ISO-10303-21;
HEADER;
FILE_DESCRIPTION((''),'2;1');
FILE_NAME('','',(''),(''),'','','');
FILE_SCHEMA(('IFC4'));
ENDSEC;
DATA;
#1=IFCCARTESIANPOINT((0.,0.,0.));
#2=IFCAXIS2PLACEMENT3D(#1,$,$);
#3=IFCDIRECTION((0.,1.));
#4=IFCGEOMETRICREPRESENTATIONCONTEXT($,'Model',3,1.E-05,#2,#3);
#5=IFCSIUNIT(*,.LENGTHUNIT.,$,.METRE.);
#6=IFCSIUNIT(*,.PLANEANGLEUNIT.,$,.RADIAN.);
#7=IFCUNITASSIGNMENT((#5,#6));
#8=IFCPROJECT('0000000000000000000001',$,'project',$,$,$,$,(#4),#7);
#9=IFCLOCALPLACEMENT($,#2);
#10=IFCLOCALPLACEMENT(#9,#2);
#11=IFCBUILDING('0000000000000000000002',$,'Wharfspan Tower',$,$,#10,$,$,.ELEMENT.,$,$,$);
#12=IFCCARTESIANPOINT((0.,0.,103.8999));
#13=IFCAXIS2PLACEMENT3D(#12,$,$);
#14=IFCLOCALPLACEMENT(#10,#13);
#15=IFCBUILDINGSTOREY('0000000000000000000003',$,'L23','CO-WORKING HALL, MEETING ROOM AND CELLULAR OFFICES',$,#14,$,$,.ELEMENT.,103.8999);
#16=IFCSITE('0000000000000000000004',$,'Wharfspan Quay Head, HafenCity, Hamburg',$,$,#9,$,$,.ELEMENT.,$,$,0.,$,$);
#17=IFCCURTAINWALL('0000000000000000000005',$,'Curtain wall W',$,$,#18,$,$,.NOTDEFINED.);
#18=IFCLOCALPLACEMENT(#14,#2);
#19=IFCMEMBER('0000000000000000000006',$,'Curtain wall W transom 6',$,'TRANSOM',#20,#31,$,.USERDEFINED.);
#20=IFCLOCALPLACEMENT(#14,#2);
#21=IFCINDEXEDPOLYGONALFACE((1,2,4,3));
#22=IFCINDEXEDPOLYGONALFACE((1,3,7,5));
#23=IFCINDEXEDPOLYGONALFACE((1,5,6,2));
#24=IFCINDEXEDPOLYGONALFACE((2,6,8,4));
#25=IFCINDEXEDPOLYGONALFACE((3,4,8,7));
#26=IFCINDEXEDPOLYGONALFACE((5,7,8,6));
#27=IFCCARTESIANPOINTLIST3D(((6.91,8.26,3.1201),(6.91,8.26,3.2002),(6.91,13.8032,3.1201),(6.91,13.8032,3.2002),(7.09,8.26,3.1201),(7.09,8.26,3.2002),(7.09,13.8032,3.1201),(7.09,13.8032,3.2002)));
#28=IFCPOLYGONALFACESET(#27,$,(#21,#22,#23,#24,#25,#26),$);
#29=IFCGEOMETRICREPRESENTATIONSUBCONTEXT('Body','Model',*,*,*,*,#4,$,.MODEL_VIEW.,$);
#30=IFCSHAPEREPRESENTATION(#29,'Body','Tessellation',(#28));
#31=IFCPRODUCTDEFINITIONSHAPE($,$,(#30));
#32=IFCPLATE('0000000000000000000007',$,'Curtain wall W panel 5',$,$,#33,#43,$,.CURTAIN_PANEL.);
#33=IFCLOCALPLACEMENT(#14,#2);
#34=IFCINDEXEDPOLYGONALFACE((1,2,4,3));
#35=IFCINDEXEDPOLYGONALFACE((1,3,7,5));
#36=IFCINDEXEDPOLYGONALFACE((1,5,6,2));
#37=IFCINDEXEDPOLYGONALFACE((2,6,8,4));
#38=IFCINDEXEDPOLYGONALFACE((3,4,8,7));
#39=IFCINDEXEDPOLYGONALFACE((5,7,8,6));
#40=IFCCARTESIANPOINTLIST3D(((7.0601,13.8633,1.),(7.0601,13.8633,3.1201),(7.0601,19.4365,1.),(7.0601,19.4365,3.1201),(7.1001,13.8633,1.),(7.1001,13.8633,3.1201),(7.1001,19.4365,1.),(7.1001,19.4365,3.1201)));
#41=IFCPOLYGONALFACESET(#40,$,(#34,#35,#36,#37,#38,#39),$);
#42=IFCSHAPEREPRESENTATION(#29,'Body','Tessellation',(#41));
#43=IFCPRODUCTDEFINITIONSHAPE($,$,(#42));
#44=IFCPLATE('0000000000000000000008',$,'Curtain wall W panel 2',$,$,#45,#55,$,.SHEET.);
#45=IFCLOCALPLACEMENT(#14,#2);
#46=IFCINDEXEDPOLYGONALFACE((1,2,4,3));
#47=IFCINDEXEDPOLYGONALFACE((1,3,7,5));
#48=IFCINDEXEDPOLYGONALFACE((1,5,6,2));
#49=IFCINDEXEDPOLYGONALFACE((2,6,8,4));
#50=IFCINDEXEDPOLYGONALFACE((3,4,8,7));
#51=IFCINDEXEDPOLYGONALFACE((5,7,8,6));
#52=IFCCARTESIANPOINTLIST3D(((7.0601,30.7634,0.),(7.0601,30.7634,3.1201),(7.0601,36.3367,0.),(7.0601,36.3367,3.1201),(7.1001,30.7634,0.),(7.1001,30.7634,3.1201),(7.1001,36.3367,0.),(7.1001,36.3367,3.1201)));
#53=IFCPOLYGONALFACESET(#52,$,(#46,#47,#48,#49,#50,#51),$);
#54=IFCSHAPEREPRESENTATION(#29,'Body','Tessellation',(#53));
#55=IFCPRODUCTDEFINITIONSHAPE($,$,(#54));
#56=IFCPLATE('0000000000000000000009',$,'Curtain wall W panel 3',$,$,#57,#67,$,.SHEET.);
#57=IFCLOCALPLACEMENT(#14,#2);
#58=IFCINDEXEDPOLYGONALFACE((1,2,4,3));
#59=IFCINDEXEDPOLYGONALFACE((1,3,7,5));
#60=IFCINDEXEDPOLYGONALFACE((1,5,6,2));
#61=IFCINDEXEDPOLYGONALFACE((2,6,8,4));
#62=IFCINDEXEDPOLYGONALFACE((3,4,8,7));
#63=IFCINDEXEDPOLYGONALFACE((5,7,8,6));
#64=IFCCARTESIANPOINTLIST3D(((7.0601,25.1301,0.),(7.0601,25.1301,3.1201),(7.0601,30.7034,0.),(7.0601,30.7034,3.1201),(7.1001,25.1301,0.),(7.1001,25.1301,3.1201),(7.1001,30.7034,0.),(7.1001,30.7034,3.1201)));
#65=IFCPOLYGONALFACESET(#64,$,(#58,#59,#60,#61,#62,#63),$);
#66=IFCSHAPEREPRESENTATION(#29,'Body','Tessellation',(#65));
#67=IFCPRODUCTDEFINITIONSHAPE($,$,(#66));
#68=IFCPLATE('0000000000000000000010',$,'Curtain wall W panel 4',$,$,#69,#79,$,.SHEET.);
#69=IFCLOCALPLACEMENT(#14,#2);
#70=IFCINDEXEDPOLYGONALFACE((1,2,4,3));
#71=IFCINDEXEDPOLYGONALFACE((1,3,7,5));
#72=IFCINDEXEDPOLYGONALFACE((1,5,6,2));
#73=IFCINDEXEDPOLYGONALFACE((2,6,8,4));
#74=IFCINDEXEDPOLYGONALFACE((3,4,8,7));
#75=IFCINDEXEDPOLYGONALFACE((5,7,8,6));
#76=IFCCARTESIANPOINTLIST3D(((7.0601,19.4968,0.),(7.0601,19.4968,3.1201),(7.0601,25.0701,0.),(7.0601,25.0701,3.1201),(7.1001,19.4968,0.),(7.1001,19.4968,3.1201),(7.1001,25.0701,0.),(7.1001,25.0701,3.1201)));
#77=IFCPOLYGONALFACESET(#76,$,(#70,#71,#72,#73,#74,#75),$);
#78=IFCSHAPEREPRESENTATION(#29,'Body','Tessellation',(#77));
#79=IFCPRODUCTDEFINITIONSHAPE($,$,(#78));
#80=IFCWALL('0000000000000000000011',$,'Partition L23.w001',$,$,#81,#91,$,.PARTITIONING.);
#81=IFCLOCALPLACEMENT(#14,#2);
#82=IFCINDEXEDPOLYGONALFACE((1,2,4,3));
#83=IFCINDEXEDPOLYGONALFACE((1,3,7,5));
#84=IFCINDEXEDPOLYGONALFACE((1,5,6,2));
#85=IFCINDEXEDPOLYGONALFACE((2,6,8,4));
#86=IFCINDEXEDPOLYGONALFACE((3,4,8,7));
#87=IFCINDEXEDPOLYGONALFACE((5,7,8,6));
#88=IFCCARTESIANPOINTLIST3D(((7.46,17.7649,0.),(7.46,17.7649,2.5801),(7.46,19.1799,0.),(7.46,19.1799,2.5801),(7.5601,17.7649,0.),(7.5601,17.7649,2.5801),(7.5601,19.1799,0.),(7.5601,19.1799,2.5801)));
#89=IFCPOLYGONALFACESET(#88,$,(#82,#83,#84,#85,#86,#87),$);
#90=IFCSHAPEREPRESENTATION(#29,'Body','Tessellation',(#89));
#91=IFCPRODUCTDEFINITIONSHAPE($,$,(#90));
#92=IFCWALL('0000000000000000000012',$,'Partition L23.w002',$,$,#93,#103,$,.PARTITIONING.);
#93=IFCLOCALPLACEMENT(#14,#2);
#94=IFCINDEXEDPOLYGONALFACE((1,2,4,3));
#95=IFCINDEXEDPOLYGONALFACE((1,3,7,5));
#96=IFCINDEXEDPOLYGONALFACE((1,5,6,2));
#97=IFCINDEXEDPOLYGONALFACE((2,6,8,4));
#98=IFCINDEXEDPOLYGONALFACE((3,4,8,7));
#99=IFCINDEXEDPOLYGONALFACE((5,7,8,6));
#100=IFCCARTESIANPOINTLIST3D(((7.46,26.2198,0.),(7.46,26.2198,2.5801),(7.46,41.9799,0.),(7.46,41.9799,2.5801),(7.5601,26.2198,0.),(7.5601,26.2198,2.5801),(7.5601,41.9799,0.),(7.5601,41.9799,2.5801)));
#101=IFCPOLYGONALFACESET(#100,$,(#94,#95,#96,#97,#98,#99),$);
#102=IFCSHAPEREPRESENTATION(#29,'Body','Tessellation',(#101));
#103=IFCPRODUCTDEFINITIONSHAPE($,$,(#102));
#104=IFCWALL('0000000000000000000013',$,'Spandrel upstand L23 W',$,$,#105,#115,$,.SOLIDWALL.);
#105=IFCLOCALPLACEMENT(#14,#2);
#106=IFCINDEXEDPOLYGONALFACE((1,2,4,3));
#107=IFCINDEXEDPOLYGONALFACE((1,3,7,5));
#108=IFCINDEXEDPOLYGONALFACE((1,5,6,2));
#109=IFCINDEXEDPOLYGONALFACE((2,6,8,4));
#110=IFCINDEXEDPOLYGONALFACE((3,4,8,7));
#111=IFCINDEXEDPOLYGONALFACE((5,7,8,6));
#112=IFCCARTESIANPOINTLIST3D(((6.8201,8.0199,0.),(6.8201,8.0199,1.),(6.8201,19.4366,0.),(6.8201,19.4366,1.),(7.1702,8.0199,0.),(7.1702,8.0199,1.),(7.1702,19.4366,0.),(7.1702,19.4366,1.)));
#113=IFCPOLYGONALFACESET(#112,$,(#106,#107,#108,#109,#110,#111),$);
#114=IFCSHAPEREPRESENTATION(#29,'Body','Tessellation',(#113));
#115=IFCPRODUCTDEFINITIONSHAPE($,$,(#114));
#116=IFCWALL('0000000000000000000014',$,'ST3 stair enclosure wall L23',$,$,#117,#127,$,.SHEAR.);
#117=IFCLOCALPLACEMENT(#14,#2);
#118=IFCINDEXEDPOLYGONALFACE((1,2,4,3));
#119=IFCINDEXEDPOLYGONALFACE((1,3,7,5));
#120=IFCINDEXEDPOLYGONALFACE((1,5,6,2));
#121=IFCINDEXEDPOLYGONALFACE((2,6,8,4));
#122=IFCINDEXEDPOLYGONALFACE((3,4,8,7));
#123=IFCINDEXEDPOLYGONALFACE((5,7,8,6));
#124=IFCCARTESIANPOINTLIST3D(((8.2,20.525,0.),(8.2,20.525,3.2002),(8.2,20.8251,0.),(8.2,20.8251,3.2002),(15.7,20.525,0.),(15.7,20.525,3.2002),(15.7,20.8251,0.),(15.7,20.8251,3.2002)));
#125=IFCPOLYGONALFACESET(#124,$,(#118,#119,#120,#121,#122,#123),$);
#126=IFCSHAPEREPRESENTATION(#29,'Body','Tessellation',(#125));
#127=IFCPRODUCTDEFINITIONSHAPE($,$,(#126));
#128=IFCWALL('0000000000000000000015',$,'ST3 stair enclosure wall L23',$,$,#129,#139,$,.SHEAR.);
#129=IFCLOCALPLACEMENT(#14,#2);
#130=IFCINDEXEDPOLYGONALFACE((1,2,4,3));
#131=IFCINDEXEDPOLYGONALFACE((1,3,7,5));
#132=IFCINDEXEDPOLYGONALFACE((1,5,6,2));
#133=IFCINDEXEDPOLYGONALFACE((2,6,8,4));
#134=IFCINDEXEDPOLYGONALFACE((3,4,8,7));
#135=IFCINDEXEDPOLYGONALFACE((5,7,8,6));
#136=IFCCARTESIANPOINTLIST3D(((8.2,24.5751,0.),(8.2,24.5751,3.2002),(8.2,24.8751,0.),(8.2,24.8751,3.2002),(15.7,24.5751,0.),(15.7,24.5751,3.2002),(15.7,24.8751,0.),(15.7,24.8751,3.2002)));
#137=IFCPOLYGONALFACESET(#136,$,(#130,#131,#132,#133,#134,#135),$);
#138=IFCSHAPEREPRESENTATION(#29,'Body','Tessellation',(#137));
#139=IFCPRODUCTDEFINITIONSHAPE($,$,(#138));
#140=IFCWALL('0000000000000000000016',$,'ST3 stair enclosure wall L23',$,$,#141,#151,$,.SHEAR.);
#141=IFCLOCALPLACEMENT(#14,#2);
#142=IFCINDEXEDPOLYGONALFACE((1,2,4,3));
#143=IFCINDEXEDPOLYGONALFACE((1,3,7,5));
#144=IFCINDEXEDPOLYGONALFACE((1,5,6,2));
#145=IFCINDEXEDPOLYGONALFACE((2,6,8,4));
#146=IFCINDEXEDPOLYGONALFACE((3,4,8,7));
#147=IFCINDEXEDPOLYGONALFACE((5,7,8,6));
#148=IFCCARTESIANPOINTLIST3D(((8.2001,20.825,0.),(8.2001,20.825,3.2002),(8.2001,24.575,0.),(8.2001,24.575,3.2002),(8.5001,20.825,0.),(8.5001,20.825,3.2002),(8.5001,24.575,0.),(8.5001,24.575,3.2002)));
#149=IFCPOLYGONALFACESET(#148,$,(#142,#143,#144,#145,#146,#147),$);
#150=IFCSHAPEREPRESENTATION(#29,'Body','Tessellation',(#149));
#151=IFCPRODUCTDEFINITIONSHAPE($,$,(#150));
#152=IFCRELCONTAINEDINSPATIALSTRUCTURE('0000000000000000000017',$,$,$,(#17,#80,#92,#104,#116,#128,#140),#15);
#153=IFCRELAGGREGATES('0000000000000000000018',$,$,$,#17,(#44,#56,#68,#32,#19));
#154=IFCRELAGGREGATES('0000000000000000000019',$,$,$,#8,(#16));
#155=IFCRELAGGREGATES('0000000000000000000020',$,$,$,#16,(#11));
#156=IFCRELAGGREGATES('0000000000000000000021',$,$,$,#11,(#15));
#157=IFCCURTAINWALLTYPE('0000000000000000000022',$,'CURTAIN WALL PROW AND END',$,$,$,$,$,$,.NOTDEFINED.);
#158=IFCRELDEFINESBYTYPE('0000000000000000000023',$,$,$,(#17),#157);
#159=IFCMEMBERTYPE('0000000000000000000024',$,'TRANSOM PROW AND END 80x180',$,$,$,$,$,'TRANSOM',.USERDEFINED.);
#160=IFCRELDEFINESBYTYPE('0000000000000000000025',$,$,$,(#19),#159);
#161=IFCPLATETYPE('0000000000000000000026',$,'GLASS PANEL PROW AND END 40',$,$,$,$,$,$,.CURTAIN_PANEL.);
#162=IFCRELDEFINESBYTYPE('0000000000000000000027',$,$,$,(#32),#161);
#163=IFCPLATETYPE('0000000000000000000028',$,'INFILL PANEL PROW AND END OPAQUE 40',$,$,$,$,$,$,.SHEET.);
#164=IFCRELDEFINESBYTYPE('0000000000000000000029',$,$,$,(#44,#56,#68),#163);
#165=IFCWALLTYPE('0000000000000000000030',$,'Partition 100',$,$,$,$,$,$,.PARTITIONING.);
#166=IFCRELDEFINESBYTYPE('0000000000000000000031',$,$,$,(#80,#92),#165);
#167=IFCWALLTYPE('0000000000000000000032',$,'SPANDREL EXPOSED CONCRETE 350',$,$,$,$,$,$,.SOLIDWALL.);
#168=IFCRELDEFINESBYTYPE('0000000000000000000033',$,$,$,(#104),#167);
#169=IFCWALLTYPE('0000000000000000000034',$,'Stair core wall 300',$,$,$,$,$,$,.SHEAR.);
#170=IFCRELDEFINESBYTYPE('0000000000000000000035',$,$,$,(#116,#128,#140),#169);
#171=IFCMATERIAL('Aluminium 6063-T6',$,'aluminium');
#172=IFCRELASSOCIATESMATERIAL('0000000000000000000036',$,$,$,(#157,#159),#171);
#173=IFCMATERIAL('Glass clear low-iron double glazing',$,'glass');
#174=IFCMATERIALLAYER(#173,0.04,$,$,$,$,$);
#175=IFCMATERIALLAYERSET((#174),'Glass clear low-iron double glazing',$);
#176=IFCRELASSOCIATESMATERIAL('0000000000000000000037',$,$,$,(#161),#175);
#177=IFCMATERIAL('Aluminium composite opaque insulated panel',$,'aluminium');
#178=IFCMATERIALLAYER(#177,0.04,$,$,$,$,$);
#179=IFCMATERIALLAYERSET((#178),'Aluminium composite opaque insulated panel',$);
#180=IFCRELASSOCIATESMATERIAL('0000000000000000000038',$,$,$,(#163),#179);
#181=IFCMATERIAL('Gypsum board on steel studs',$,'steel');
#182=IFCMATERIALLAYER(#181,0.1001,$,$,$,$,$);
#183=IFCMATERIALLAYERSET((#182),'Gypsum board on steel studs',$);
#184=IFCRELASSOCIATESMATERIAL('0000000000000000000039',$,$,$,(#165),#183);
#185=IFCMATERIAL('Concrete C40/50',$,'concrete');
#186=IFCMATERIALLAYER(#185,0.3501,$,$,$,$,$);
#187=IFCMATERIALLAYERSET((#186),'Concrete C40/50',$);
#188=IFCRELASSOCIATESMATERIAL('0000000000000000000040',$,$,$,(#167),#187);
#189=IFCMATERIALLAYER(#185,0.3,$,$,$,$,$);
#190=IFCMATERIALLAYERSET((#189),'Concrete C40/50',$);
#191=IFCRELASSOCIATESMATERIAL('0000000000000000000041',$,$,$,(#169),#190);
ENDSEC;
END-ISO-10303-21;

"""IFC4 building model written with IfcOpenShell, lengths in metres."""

from ifc_helpers import new_model, si_unit, direction, frame, frame_2d, origin, origin_2d, place, context, subcontext, project, spatial, rectangle, extrude, material, layer, layer_set, material_profile, profile_set, type_object, element, aggregate, save


model = new_model("IFC4")

# Units and contexts
model_context = context("Model", 3, precision=1e-05, world=origin(), true_north=direction((0.0, 1.0)))
body_context = subcontext(model_context, "Body", "Model", "MODEL_VIEW")
ifc_project = project(units=[si_unit("LENGTHUNIT", "METRE"), si_unit("PLANEANGLEUNIT", "RADIAN")], contexts=[model_context])

# Site, building, storey
site_placement = place(None, origin())
site = spatial("IfcSite", under=ifc_project, at=site_placement, Name="Wharfspan Quay Head, HafenCity, Hamburg", CompositionType="ELEMENT", RefElevation=0.0)
building_placement = place(site_placement, origin())
building = spatial("IfcBuilding", under=site, at=building_placement, Name="Wharfspan Tower", CompositionType="ELEMENT")
storey_placement = place(building_placement, frame((0.0, 0.0, 103.8999)))
storey = spatial("IfcBuildingStorey", under=building, at=storey_placement, Name="L23", Description="CO-WORKING HALL, MEETING ROOM AND CELLULAR OFFICES", CompositionType="ELEMENT", Elevation=103.8999)

# Curtain wall
ifc_material_1 = material(Name="Aluminium 6063-T6", Category="aluminium")
curtain_wall_type = type_object("IfcCurtainWallType", Name="CURTAIN WALL PROW AND END", PredefinedType="NOTDEFINED", material=ifc_material_1)
curtain_wall_placement = place(storey_placement, origin())
curtain_wall = element("IfcCurtainWall", 1, at=curtain_wall_placement, inside=storey, type_object=curtain_wall_type, Name="Curtain wall W", PredefinedType="NOTDEFINED")

# Member
ifc_material_profile_1 = material_profile(ifc_material_1, rectangle(XDim=0.1799, YDim=0.0801, at=origin_2d()))
ifc_profile_set_1 = profile_set([ifc_material_profile_1], Name="Aluminium 6063-T6")
member_type_1 = type_object("IfcMemberType", Name="TRANSOM PROW AND END 80x180", ElementType="TRANSOM", PredefinedType="USERDEFINED", material=ifc_profile_set_1)
member_1_placement = place(storey_placement, frame((7.0, 13.8032, 3.1602), z_axis=(0.0, -1.0, 0.0), x_axis=(1.0, 0.0, 0.0)))
member_1 = element("IfcMember", 2, at=member_1_placement, type_object=member_type_1, Name="Curtain wall W transom 6", ObjectType="TRANSOM", PredefinedType="USERDEFINED", context=body_context, shape_type="SweptSolid", body=[
    extrude(rectangle(XDim=0.1799, YDim=0.0801, at=origin_2d()), origin(), (0.0, 0.0, 1.0), 5.5432),
])

# Plates
ifc_material_2 = material(Name="Glass clear low-iron double glazing", Category="glass")
ifc_layer_1 = layer(ifc_material_2, 0.04)
ifc_layer_set_1 = layer_set([ifc_layer_1], Name="Glass clear low-iron double glazing")
plate_type_1 = type_object("IfcPlateType", Name="GLASS PANEL PROW AND END 40", PredefinedType="CURTAIN_PANEL", material=ifc_layer_set_1)
plate_1_placement = place(storey_placement, frame((7.0801, 16.6499, 1.0), z_axis=(0.0, 0.0, 1.0), x_axis=(0.0, -1.0, 0.0)))
plate_1 = element("IfcPlate", 3, at=plate_1_placement, type_object=plate_type_1, Name="Curtain wall W panel 5", PredefinedType="CURTAIN_PANEL", context=body_context, shape_type="SweptSolid", body=[
    extrude(rectangle(XDim=5.5732, YDim=0.04, at=origin_2d()), origin(), (0.0, 0.0, 1.0), 2.1201),
])
ifc_material_3 = material(Name="Aluminium composite opaque insulated panel", Category="aluminium")
ifc_layer_2 = layer(ifc_material_3, 0.04)
ifc_layer_set_2 = layer_set([ifc_layer_2], Name="Aluminium composite opaque insulated panel")
plate_type_2 = type_object("IfcPlateType", Name="INFILL PANEL PROW AND END OPAQUE 40", PredefinedType="SHEET", material=ifc_layer_set_2)
plate_2_placement = place(storey_placement, frame((7.0801, 33.55, 0.0), z_axis=(0.0, 0.0, 1.0), x_axis=(0.0, -1.0, 0.0)))
plate_2 = element("IfcPlate", 4, at=plate_2_placement, type_object=plate_type_2, Name="Curtain wall W panel 2", PredefinedType="SHEET", context=body_context, shape_type="SweptSolid", body=[
    extrude(rectangle(XDim=5.5732, YDim=0.04, at=origin_2d()), origin(), (0.0, 0.0, 1.0), 3.1201),
])
plate_3_placement = place(storey_placement, frame((7.0801, 27.9167, 0.0), z_axis=(0.0, 0.0, 1.0), x_axis=(0.0, -1.0, 0.0)))
plate_3 = element("IfcPlate", 5, at=plate_3_placement, type_object=plate_type_2, Name="Curtain wall W panel 3", PredefinedType="SHEET", context=body_context, shape_type="SweptSolid", body=[
    extrude(rectangle(XDim=5.5732, YDim=0.04, at=origin_2d()), origin(), (0.0, 0.0, 1.0), 3.1201),
])
plate_4_placement = place(storey_placement, frame((7.0801, 22.2834, 0.0), z_axis=(0.0, 0.0, 1.0), x_axis=(0.0, -1.0, 0.0)))
plate_4 = element("IfcPlate", 6, at=plate_4_placement, type_object=plate_type_2, Name="Curtain wall W panel 4", PredefinedType="SHEET", context=body_context, shape_type="SweptSolid", body=[
    extrude(rectangle(XDim=5.5732, YDim=0.04, at=origin_2d()), origin(), (0.0, 0.0, 1.0), 3.1201),
])
aggregate(curtain_wall, [plate_2, plate_3, plate_4, plate_1, member_1])

# Walls
ifc_material_4 = material(Name="Gypsum board on steel studs", Category="steel")
ifc_layer_3 = layer(ifc_material_4, 0.1001)
ifc_layer_set_3 = layer_set([ifc_layer_3], Name="Gypsum board on steel studs")
wall_type_1 = type_object("IfcWallType", Name="Partition 100", PredefinedType="PARTITIONING", material=ifc_layer_set_3)
wall_1_placement = place(storey_placement, frame((7.51, 17.7649, 0.0), z_axis=(0.0, 0.0, 1.0), x_axis=(0.0, 1.0, 0.0)))
element("IfcWall", 7, at=wall_1_placement, inside=storey, type_object=wall_type_1, Name="Partition L23.w001", PredefinedType="PARTITIONING", context=body_context, shape_type="SweptSolid", body=[
    extrude(rectangle(XDim=1.415, YDim=0.1001, at=frame_2d((0.7075, 0.0))), origin(), (0.0, 0.0, 1.0), 2.5801),
])
wall_2_placement = place(storey_placement, frame((7.51, 26.22, 0.0), z_axis=(0.0, 0.0, 1.0), x_axis=(0.0, 1.0, 0.0)))
element("IfcWall", 8, at=wall_2_placement, inside=storey, type_object=wall_type_1, Name="Partition L23.w002", PredefinedType="PARTITIONING", context=body_context, shape_type="SweptSolid", body=[
    extrude(rectangle(XDim=15.76, YDim=0.1001, at=frame_2d((7.8799, 0.0))), origin(), (0.0, 0.0, 1.0), 2.5801),
])
ifc_material_5 = material(Name="Concrete C40/50", Category="concrete")
ifc_layer_4 = layer(ifc_material_5, 0.3501)
ifc_layer_set_4 = layer_set([ifc_layer_4], Name="Concrete C40/50")
wall_type_2 = type_object("IfcWallType", Name="SPANDREL EXPOSED CONCRETE 350", PredefinedType="SOLIDWALL", material=ifc_layer_set_4)
wall_3_placement = place(storey_placement, frame((6.9951, 19.4368, 0.0), z_axis=(0.0, 0.0, 1.0), x_axis=(0.0, -1.0, 0.0)))
element("IfcWall", 9, at=wall_3_placement, inside=storey, type_object=wall_type_2, Name="Spandrel upstand L23 W", PredefinedType="SOLIDWALL", context=body_context, shape_type="SweptSolid", body=[
    extrude(rectangle(XDim=11.4167, YDim=0.3501, at=frame_2d((5.7085, 0.0))), origin(), (0.0, 0.0, 1.0), 1.0),
])
ifc_layer_5 = layer(ifc_material_5, 0.3)
ifc_layer_set_5 = layer_set([ifc_layer_5], Name="Concrete C40/50")
wall_type_3 = type_object("IfcWallType", Name="Stair core wall 300", PredefinedType="SHEAR", material=ifc_layer_set_5)
for number, where, z_axis, x_axis, name in (
    (10, (8.2, 20.675, 0.0), (0.0, 0.0, 1.0), (1.0, 0.0, 0.0), "ST3 stair enclosure wall L23"),
    (11, (8.2, 24.7251, 0.0), (0.0, 0.0, 1.0), (1.0, 0.0, 0.0), "ST3 stair enclosure wall L23"),
):
    element("IfcWall", number, at=place(storey_placement, frame(where, z_axis=z_axis, x_axis=x_axis)), inside=storey, type_object=wall_type_3, Name=name, PredefinedType="SHEAR", context=body_context, shape_type="SweptSolid", body=[
        extrude(rectangle(XDim=7.5, YDim=0.3, at=frame_2d((3.75, 0.0))), origin(), (0.0, 0.0, 1.0), 3.2002),
    ])
wall_4_placement = place(storey_placement, frame((8.3501, 20.825, 0.0), z_axis=(0.0, 0.0, 1.0), x_axis=(0.0, 1.0, 0.0)))
element("IfcWall", 12, at=wall_4_placement, inside=storey, type_object=wall_type_3, Name="ST3 stair enclosure wall L23", PredefinedType="SHEAR", context=body_context, shape_type="SweptSolid", body=[
    extrude(rectangle(XDim=3.75, YDim=0.3, at=frame_2d((1.875, 0.0))), origin(), (0.0, 0.0, 1.0), 3.2002),
])

save(model, "model.ifc")
